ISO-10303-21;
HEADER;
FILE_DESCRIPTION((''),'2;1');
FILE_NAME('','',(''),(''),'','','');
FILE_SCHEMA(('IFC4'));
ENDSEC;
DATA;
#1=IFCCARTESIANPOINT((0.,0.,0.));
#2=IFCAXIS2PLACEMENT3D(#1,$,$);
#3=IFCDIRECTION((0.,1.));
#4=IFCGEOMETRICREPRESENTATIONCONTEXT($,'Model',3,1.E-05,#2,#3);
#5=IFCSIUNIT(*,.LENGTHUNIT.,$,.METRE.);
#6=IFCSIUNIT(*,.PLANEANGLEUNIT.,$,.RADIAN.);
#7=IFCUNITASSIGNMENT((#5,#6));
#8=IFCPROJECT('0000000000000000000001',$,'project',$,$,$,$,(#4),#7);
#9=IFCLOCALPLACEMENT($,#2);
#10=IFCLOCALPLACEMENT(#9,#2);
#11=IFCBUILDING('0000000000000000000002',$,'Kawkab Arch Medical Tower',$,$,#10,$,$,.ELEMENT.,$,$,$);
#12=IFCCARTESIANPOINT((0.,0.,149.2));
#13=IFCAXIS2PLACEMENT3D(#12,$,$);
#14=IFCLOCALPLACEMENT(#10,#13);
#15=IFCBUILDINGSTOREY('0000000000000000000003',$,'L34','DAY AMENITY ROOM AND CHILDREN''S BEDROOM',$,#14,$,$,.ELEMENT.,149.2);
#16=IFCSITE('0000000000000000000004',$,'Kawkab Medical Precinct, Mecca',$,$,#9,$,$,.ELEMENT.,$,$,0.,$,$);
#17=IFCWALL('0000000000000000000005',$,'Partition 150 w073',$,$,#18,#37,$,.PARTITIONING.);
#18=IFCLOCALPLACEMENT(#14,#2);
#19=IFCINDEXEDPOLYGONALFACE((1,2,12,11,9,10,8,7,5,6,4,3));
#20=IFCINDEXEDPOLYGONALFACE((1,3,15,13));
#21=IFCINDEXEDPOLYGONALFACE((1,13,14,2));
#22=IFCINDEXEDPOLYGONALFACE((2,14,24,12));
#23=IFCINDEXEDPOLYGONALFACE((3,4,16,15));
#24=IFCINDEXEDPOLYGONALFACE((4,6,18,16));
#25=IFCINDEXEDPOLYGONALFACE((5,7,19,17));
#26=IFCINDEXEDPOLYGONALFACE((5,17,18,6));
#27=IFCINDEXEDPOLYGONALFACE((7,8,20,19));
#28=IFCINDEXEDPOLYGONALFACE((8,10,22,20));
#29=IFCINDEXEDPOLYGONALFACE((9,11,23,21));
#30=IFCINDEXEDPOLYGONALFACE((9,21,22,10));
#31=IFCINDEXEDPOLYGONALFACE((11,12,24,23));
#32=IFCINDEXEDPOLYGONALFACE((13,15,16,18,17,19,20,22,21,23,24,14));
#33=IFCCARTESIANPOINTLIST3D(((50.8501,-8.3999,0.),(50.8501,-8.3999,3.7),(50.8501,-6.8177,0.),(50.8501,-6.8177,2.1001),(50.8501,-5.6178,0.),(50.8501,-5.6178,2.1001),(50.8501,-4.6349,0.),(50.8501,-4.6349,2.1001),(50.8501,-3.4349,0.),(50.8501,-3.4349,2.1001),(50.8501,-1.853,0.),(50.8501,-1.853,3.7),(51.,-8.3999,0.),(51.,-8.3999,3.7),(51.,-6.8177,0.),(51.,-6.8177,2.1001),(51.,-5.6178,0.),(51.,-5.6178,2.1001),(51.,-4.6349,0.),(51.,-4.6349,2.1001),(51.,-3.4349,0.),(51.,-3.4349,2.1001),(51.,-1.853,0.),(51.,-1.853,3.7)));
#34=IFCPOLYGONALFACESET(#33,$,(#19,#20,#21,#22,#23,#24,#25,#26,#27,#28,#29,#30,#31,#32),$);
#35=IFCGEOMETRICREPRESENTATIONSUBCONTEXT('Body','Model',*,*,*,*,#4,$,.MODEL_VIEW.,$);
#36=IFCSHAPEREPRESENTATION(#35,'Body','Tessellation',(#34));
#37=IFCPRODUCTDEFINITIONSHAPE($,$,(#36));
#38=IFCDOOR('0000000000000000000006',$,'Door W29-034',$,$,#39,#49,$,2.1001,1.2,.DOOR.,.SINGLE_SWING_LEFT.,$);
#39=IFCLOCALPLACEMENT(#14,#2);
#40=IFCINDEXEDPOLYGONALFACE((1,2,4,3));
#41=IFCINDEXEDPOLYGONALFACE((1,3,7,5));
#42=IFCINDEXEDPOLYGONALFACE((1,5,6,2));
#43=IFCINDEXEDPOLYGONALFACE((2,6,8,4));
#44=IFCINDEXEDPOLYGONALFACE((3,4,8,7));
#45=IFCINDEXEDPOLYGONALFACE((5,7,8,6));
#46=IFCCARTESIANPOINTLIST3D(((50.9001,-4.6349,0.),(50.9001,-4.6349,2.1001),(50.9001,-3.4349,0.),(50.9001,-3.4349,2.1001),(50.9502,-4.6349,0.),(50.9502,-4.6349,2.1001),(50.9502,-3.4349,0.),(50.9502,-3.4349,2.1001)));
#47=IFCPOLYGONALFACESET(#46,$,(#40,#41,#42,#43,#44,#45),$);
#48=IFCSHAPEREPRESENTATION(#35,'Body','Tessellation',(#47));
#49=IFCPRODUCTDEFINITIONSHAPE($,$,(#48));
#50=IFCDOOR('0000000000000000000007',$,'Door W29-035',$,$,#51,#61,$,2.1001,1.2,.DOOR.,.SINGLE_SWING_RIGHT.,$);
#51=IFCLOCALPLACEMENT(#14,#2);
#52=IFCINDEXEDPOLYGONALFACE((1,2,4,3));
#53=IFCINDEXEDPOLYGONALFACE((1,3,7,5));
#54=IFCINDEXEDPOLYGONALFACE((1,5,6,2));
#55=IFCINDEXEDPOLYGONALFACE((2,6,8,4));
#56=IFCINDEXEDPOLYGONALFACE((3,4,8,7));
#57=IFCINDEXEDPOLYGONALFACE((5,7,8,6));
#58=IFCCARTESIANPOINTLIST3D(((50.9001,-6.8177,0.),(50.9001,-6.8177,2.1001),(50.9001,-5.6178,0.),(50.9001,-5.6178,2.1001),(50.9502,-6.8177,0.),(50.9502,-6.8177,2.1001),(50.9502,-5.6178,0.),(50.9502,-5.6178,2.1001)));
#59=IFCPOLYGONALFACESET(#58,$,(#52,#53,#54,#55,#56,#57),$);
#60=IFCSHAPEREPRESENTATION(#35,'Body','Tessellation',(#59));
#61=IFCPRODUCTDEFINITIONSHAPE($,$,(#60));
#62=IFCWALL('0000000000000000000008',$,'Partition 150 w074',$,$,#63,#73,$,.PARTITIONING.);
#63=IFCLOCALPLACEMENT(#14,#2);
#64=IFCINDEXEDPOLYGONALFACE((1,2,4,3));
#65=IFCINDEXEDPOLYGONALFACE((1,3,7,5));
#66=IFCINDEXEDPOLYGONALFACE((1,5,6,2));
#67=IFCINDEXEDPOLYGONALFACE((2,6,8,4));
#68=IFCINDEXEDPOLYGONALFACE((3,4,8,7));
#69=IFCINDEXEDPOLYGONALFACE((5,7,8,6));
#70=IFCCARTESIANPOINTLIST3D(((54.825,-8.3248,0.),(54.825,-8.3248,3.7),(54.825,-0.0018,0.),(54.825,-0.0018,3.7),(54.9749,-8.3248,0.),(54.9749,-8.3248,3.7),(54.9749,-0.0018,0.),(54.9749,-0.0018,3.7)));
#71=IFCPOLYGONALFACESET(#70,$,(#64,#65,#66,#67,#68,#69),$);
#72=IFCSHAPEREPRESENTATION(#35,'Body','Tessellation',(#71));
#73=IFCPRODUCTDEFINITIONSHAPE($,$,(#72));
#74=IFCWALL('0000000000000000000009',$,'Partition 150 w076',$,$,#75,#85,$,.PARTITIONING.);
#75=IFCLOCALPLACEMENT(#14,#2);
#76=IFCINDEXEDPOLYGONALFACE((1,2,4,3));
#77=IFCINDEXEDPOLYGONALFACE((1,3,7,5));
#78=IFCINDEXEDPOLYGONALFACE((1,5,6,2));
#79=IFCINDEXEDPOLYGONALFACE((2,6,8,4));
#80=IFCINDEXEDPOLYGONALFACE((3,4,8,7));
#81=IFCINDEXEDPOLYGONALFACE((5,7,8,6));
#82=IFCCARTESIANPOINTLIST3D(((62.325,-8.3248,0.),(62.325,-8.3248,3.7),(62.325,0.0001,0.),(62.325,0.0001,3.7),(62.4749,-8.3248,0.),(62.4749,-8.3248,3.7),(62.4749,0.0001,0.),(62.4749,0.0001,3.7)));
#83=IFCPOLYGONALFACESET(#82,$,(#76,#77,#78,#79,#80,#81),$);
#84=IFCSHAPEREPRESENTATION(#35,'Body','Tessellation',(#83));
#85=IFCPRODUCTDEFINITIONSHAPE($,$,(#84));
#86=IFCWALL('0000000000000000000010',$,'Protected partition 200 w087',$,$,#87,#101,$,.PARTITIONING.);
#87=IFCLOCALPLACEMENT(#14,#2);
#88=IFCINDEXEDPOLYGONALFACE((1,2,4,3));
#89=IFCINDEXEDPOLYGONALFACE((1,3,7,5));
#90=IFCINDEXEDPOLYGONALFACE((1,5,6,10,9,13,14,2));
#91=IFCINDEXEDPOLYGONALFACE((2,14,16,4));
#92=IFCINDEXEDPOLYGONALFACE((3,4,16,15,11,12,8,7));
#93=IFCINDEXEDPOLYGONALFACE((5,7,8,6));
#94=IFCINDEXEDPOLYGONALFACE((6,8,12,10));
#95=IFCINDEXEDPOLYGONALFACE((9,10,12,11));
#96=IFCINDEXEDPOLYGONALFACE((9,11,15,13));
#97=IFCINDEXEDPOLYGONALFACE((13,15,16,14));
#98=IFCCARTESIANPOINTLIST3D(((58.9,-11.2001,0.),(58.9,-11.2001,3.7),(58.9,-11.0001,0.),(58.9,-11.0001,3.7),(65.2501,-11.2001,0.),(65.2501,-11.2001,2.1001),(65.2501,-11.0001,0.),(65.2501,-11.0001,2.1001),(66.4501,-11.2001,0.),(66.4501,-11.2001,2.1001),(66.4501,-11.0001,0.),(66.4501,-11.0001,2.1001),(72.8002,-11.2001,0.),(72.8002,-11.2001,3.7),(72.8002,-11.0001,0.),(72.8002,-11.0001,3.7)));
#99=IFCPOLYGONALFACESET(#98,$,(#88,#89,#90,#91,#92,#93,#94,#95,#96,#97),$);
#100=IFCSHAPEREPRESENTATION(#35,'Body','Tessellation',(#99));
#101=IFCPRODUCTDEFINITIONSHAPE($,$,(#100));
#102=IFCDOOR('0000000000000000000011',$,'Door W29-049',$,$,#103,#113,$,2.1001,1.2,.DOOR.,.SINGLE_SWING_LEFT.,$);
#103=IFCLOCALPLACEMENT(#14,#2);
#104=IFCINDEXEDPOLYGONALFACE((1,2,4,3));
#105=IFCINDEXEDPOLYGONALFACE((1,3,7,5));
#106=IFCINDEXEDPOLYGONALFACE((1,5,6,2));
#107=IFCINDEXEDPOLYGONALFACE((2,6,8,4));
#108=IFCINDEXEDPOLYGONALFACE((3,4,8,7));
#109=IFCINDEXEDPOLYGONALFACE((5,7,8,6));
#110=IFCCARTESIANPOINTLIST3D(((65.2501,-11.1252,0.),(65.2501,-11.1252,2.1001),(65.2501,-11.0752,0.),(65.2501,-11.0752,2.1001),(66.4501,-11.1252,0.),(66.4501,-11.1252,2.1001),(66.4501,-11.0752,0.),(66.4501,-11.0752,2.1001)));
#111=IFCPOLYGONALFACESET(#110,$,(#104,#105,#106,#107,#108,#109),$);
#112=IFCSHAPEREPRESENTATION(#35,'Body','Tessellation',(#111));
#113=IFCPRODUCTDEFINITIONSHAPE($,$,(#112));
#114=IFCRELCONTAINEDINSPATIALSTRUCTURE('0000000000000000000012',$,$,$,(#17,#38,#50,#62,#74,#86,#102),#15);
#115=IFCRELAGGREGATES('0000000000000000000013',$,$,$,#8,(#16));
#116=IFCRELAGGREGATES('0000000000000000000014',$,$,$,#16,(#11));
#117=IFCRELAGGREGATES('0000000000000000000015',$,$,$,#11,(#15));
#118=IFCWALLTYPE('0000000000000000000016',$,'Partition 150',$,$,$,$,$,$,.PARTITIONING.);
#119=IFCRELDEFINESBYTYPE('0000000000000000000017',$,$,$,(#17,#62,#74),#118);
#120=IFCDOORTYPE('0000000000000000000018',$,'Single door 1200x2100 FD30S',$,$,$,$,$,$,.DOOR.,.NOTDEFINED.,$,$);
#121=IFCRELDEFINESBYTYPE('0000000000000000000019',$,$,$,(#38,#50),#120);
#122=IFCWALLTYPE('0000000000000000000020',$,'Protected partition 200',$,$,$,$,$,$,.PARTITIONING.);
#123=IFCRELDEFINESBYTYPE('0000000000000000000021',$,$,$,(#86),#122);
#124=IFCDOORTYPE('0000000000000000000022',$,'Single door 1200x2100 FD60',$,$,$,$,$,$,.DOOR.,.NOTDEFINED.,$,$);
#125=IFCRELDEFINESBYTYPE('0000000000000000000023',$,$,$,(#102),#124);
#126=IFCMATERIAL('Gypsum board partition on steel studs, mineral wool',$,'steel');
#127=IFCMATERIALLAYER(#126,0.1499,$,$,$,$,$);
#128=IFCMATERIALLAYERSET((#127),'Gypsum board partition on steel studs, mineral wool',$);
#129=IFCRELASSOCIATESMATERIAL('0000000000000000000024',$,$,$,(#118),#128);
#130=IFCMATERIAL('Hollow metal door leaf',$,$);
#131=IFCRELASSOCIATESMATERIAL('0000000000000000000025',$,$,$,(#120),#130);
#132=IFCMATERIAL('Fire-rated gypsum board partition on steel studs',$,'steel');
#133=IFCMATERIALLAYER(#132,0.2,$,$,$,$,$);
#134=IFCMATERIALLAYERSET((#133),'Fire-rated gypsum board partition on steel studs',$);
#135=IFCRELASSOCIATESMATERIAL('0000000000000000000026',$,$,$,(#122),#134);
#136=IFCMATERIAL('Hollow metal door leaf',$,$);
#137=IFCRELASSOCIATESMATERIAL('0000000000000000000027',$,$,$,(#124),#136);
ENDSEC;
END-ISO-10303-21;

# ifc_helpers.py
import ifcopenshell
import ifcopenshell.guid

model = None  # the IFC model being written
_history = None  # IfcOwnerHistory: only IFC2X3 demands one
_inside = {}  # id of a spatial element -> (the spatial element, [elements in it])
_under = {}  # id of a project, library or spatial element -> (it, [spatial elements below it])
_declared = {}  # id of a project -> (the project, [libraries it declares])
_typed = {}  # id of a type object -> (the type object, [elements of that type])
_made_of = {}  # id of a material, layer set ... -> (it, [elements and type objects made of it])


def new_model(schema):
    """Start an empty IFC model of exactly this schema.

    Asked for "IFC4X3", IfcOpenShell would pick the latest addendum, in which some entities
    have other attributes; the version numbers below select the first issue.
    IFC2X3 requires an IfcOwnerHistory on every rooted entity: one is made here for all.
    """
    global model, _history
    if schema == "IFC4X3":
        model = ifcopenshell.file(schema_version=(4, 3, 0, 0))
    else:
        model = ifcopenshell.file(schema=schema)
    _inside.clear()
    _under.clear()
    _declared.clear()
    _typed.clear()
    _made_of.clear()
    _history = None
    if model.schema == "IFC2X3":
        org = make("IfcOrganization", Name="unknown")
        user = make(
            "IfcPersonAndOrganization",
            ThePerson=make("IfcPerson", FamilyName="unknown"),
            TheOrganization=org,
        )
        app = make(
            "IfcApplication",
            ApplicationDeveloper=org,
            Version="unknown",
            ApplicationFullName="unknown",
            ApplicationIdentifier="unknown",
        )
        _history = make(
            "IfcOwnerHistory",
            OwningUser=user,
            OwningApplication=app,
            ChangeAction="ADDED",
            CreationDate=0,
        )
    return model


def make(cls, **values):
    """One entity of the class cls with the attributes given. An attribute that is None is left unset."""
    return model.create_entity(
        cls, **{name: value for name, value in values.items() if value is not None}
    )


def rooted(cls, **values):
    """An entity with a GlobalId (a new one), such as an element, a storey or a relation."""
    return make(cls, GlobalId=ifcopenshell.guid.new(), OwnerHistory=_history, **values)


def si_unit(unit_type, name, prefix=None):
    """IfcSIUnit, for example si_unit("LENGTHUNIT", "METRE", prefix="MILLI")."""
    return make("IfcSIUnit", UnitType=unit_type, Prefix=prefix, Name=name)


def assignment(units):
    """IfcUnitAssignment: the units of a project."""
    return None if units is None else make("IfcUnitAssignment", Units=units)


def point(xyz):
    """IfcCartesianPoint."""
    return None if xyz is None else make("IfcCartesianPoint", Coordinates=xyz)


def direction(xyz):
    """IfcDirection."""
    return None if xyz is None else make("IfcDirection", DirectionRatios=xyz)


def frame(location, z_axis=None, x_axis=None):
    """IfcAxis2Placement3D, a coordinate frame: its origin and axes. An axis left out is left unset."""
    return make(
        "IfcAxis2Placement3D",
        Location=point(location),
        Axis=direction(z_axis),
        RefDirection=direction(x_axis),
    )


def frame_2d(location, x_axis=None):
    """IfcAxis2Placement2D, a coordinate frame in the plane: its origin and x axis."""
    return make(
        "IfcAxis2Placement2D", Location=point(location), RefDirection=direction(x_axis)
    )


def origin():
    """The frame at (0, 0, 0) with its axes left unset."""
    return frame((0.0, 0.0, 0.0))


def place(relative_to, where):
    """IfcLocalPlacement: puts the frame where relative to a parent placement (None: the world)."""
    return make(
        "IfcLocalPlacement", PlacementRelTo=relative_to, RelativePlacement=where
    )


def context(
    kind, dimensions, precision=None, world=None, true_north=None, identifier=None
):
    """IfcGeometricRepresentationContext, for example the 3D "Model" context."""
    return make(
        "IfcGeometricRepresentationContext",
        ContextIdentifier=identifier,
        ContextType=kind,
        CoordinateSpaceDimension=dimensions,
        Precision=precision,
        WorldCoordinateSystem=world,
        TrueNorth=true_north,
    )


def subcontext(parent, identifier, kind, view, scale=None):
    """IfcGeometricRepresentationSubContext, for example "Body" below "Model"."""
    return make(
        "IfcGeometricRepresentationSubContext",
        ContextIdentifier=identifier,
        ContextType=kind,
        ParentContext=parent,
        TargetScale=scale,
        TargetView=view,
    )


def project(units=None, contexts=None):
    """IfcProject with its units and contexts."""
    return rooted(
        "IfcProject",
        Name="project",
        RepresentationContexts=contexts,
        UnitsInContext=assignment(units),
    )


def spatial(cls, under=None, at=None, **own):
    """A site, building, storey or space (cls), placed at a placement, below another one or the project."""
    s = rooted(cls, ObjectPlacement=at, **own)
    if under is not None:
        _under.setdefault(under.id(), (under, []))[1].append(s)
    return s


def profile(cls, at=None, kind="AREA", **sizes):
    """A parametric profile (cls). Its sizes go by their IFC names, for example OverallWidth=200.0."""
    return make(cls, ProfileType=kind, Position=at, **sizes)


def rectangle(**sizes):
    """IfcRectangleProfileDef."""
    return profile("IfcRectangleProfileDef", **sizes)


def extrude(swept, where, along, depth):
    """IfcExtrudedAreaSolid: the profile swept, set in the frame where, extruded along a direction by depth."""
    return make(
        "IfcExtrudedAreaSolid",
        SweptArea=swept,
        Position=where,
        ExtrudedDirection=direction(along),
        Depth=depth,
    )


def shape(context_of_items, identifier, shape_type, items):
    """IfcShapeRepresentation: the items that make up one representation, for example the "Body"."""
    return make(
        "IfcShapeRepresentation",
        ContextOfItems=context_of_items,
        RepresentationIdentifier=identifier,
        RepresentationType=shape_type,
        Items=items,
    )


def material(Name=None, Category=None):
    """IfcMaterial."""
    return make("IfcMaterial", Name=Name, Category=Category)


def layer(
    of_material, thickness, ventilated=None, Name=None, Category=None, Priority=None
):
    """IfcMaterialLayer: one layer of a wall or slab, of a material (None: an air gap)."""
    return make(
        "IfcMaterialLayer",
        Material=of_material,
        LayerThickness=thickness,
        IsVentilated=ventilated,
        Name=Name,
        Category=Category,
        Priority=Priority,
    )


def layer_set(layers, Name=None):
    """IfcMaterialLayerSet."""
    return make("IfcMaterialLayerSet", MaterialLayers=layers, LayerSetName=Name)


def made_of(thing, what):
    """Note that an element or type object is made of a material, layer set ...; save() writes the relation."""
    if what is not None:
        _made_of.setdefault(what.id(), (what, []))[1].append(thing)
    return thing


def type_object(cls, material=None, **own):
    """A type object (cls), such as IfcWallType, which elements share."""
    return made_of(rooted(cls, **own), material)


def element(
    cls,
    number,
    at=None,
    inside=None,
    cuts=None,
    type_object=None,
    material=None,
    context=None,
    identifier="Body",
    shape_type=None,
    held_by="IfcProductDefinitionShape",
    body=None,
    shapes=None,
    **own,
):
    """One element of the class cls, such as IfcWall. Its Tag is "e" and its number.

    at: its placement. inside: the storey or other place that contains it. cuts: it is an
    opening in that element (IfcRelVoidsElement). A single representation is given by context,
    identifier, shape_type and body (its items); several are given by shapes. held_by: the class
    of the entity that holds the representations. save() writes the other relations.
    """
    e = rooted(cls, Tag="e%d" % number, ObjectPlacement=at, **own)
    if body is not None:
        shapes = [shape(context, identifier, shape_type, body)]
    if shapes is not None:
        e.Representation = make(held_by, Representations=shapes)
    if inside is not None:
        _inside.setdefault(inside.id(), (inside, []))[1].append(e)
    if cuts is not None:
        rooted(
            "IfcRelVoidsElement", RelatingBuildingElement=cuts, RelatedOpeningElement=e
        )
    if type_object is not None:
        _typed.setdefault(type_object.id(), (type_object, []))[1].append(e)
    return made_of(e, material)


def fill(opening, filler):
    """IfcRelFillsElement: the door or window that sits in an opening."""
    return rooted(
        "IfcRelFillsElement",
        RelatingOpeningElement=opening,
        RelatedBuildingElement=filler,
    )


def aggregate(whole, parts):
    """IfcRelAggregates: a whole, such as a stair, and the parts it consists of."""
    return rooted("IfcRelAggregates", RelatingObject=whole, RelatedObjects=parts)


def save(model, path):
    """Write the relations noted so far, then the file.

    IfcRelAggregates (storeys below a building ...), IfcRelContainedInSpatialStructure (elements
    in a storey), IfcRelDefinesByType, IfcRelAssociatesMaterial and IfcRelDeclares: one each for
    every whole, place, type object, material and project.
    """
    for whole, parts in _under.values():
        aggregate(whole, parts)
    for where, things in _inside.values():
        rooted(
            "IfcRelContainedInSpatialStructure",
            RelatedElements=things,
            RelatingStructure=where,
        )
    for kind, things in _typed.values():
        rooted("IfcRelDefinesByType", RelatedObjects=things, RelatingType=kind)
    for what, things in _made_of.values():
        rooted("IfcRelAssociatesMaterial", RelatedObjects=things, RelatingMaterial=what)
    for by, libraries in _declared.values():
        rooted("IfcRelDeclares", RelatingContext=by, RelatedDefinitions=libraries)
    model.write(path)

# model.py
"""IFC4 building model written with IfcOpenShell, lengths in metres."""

from ifc_helpers import new_model, si_unit, direction, frame, frame_2d, origin, place, context, subcontext, project, spatial, rectangle, extrude, material, layer, layer_set, type_object, element, fill, save


model = new_model("IFC4")

# Units and contexts
model_context = context("Model", 3, precision=1e-05, world=origin(), true_north=direction((0.0, 1.0)))
body_context = subcontext(model_context, "Body", "Model", "MODEL_VIEW")
ifc_project = project(units=[si_unit("LENGTHUNIT", "METRE"), si_unit("PLANEANGLEUNIT", "RADIAN")], contexts=[model_context])

# Site, building, storey
site_placement = place(None, origin())
site = spatial("IfcSite", under=ifc_project, at=site_placement, Name="Kawkab Medical Precinct, Mecca", CompositionType="ELEMENT", RefElevation=0.0)
building_placement = place(site_placement, origin())
building = spatial("IfcBuilding", under=site, at=building_placement, Name="Kawkab Arch Medical Tower", CompositionType="ELEMENT")
storey_placement = place(building_placement, frame((0.0, 0.0, 149.2)))
storey = spatial("IfcBuildingStorey", under=building, at=storey_placement, Name="L34", Description="DAY AMENITY ROOM AND CHILDREN'S BEDROOM", CompositionType="ELEMENT", Elevation=149.2)

# Shared definitions
ifc_material_1 = material(Name="Gypsum board partition on steel studs, mineral wool", Category="steel")
ifc_layer_1 = layer(ifc_material_1, 0.1499)
ifc_layer_set_1 = layer_set([ifc_layer_1], Name="Gypsum board partition on steel studs, mineral wool")
wall_type_1 = type_object("IfcWallType", Name="Partition 150", PredefinedType="PARTITIONING", material=ifc_layer_set_1)

# Shared definitions
ifc_material_2 = material(Name="Hollow metal door leaf")
door_type_1 = type_object("IfcDoorType", Name="Single door 1200x2100 FD30S", OperationType="NOTDEFINED", PredefinedType="DOOR", material=ifc_material_2)

# Wall, openings, doors
wall_1_placement = place(storey_placement, frame((50.925, -8.3999, 0.0), z_axis=(0.0, 0.0, 1.0), x_axis=(0.0, 1.0, 0.0)))
wall_1 = element("IfcWall", 1, at=wall_1_placement, inside=storey, type_object=wall_type_1, Name="Partition 150 w073", PredefinedType="PARTITIONING", context=body_context, shape_type="SweptSolid", body=[
    extrude(rectangle(XDim=6.5469, YDim=0.1499, at=frame_2d((3.2734, 0.0))), origin(), (0.0, 0.0, 1.0), 3.7),
])
opening_1_placement = place(wall_1_placement, frame((3.7649, 0.0, 0.0)))
opening_1 = element("IfcOpeningElement", 2, at=opening_1_placement, cuts=wall_1, PredefinedType="OPENING", context=body_context, shape_type="SweptSolid", body=[
    extrude(rectangle(XDim=1.2, YDim=2.1001, at=frame_2d((0.6001, 1.05))), frame((0.0, 0.085, 0.0), z_axis=(0.0, -1.0, 0.0), x_axis=(1.0, 0.0, 0.0)), (0.0, 0.0, 1.0), 0.1699),
])
opening_2_placement = place(wall_1_placement, frame((1.582, 0.0, 0.0)))
opening_2 = element("IfcOpeningElement", 3, at=opening_2_placement, cuts=wall_1, PredefinedType="OPENING", context=body_context, shape_type="SweptSolid", body=[
    extrude(rectangle(XDim=1.2, YDim=2.1001, at=frame_2d((0.6001, 1.05))), frame((0.0, 0.085, 0.0), z_axis=(0.0, -1.0, 0.0), x_axis=(1.0, 0.0, 0.0)), (0.0, 0.0, 1.0), 0.1699),
])
door_1_placement = place(opening_1_placement, origin())
door_1 = element("IfcDoor", 4, at=door_1_placement, inside=storey, type_object=door_type_1, Name="Door W29-034", OperationType="SINGLE_SWING_LEFT", OverallHeight=2.1001, OverallWidth=1.2, PredefinedType="DOOR", context=body_context, shape_type="SweptSolid", body=[
    extrude(rectangle(XDim=1.2, YDim=2.1001, at=frame_2d((0.6001, 1.05))), frame((0.0, 0.0249, 0.0), z_axis=(0.0, -1.0, 0.0), x_axis=(1.0, 0.0, 0.0)), (0.0, 0.0, 1.0), 0.05),
])
fill(opening_1, door_1)
door_2_placement = place(opening_2_placement, origin())
door_2 = element("IfcDoor", 5, at=door_2_placement, inside=storey, type_object=door_type_1, Name="Door W29-035", OperationType="SINGLE_SWING_RIGHT", OverallHeight=2.1001, OverallWidth=1.2, PredefinedType="DOOR", context=body_context, shape_type="SweptSolid", body=[
    extrude(rectangle(XDim=1.2, YDim=2.1001, at=frame_2d((0.6001, 1.05))), frame((0.0, 0.0249, 0.0), z_axis=(0.0, -1.0, 0.0), x_axis=(1.0, 0.0, 0.0)), (0.0, 0.0, 1.0), 0.05),
])
fill(opening_2, door_2)

# Walls
wall_2_placement = place(storey_placement, frame((54.8999, -8.325, 0.0), z_axis=(0.0, 0.0, 1.0), x_axis=(0.0, 1.0, 0.0)))
element("IfcWall", 6, at=wall_2_placement, inside=storey, type_object=wall_type_1, Name="Partition 150 w074", PredefinedType="PARTITIONING", context=body_context, shape_type="SweptSolid", body=[
    extrude(rectangle(XDim=8.323, YDim=0.1499, at=frame_2d((4.1616, 0.0))), origin(), (0.0, 0.0, 1.0), 3.7),
])
wall_3_placement = place(storey_placement, frame((62.3999, -8.325, 0.0), z_axis=(0.0, 0.0, 1.0), x_axis=(0.0, 1.0, 0.0)))
element("IfcWall", 7, at=wall_3_placement, inside=storey, type_object=wall_type_1, Name="Partition 150 w076", PredefinedType="PARTITIONING", context=body_context, shape_type="SweptSolid", body=[
    extrude(rectangle(XDim=8.325, YDim=0.1499, at=frame_2d((4.1626, 0.0))), origin(), (0.0, 0.0, 1.0), 3.7),
])

# Wall, opening, door
ifc_material_3 = material(Name="Fire-rated gypsum board partition on steel studs", Category="steel")
ifc_layer_2 = layer(ifc_material_3, 0.2)
ifc_layer_set_2 = layer_set([ifc_layer_2], Name="Fire-rated gypsum board partition on steel studs")
wall_type_2 = type_object("IfcWallType", Name="Protected partition 200", PredefinedType="PARTITIONING", material=ifc_layer_set_2)
wall_4_placement = place(storey_placement, frame((58.8999, -11.1001, 0.0), z_axis=(0.0, 0.0, 1.0), x_axis=(1.0, 0.0, 0.0)))
wall_4 = element("IfcWall", 8, at=wall_4_placement, inside=storey, type_object=wall_type_2, Name="Protected partition 200 w087", PredefinedType="PARTITIONING", context=body_context, shape_type="SweptSolid", body=[
    extrude(rectangle(XDim=13.9001, YDim=0.2, at=frame_2d((6.9502, 0.0))), origin(), (0.0, 0.0, 1.0), 3.7),
])
opening_3_placement = place(wall_4_placement, frame((6.3501, 0.0, 0.0)))
opening_3 = element("IfcOpeningElement", 9, at=opening_3_placement, cuts=wall_4, PredefinedType="OPENING", context=body_context, shape_type="SweptSolid", body=[
    extrude(rectangle(XDim=1.2, YDim=2.1001, at=frame_2d((0.6001, 1.05))), frame((0.0, 0.1099, 0.0), z_axis=(0.0, -1.0, 0.0), x_axis=(1.0, 0.0, 0.0)), (0.0, 0.0, 1.0), 0.22),
])
ifc_material_4 = material(Name="Hollow metal door leaf")
door_type_2 = type_object("IfcDoorType", Name="Single door 1200x2100 FD60", OperationType="NOTDEFINED", PredefinedType="DOOR", material=ifc_material_4)
door_3_placement = place(opening_3_placement, origin())
door_3 = element("IfcDoor", 10, at=door_3_placement, inside=storey, type_object=door_type_2, Name="Door W29-049", OperationType="SINGLE_SWING_LEFT", OverallHeight=2.1001, OverallWidth=1.2, PredefinedType="DOOR", context=body_context, shape_type="SweptSolid", body=[
    extrude(rectangle(XDim=1.2, YDim=2.1001, at=frame_2d((0.6001, 1.05))), frame((0.0, 0.0249, 0.0), z_axis=(0.0, -1.0, 0.0), x_axis=(1.0, 0.0, 0.0)), (0.0, 0.0, 1.0), 0.05),
])
fill(opening_3, door_3)

save(model, "model.ifc")
